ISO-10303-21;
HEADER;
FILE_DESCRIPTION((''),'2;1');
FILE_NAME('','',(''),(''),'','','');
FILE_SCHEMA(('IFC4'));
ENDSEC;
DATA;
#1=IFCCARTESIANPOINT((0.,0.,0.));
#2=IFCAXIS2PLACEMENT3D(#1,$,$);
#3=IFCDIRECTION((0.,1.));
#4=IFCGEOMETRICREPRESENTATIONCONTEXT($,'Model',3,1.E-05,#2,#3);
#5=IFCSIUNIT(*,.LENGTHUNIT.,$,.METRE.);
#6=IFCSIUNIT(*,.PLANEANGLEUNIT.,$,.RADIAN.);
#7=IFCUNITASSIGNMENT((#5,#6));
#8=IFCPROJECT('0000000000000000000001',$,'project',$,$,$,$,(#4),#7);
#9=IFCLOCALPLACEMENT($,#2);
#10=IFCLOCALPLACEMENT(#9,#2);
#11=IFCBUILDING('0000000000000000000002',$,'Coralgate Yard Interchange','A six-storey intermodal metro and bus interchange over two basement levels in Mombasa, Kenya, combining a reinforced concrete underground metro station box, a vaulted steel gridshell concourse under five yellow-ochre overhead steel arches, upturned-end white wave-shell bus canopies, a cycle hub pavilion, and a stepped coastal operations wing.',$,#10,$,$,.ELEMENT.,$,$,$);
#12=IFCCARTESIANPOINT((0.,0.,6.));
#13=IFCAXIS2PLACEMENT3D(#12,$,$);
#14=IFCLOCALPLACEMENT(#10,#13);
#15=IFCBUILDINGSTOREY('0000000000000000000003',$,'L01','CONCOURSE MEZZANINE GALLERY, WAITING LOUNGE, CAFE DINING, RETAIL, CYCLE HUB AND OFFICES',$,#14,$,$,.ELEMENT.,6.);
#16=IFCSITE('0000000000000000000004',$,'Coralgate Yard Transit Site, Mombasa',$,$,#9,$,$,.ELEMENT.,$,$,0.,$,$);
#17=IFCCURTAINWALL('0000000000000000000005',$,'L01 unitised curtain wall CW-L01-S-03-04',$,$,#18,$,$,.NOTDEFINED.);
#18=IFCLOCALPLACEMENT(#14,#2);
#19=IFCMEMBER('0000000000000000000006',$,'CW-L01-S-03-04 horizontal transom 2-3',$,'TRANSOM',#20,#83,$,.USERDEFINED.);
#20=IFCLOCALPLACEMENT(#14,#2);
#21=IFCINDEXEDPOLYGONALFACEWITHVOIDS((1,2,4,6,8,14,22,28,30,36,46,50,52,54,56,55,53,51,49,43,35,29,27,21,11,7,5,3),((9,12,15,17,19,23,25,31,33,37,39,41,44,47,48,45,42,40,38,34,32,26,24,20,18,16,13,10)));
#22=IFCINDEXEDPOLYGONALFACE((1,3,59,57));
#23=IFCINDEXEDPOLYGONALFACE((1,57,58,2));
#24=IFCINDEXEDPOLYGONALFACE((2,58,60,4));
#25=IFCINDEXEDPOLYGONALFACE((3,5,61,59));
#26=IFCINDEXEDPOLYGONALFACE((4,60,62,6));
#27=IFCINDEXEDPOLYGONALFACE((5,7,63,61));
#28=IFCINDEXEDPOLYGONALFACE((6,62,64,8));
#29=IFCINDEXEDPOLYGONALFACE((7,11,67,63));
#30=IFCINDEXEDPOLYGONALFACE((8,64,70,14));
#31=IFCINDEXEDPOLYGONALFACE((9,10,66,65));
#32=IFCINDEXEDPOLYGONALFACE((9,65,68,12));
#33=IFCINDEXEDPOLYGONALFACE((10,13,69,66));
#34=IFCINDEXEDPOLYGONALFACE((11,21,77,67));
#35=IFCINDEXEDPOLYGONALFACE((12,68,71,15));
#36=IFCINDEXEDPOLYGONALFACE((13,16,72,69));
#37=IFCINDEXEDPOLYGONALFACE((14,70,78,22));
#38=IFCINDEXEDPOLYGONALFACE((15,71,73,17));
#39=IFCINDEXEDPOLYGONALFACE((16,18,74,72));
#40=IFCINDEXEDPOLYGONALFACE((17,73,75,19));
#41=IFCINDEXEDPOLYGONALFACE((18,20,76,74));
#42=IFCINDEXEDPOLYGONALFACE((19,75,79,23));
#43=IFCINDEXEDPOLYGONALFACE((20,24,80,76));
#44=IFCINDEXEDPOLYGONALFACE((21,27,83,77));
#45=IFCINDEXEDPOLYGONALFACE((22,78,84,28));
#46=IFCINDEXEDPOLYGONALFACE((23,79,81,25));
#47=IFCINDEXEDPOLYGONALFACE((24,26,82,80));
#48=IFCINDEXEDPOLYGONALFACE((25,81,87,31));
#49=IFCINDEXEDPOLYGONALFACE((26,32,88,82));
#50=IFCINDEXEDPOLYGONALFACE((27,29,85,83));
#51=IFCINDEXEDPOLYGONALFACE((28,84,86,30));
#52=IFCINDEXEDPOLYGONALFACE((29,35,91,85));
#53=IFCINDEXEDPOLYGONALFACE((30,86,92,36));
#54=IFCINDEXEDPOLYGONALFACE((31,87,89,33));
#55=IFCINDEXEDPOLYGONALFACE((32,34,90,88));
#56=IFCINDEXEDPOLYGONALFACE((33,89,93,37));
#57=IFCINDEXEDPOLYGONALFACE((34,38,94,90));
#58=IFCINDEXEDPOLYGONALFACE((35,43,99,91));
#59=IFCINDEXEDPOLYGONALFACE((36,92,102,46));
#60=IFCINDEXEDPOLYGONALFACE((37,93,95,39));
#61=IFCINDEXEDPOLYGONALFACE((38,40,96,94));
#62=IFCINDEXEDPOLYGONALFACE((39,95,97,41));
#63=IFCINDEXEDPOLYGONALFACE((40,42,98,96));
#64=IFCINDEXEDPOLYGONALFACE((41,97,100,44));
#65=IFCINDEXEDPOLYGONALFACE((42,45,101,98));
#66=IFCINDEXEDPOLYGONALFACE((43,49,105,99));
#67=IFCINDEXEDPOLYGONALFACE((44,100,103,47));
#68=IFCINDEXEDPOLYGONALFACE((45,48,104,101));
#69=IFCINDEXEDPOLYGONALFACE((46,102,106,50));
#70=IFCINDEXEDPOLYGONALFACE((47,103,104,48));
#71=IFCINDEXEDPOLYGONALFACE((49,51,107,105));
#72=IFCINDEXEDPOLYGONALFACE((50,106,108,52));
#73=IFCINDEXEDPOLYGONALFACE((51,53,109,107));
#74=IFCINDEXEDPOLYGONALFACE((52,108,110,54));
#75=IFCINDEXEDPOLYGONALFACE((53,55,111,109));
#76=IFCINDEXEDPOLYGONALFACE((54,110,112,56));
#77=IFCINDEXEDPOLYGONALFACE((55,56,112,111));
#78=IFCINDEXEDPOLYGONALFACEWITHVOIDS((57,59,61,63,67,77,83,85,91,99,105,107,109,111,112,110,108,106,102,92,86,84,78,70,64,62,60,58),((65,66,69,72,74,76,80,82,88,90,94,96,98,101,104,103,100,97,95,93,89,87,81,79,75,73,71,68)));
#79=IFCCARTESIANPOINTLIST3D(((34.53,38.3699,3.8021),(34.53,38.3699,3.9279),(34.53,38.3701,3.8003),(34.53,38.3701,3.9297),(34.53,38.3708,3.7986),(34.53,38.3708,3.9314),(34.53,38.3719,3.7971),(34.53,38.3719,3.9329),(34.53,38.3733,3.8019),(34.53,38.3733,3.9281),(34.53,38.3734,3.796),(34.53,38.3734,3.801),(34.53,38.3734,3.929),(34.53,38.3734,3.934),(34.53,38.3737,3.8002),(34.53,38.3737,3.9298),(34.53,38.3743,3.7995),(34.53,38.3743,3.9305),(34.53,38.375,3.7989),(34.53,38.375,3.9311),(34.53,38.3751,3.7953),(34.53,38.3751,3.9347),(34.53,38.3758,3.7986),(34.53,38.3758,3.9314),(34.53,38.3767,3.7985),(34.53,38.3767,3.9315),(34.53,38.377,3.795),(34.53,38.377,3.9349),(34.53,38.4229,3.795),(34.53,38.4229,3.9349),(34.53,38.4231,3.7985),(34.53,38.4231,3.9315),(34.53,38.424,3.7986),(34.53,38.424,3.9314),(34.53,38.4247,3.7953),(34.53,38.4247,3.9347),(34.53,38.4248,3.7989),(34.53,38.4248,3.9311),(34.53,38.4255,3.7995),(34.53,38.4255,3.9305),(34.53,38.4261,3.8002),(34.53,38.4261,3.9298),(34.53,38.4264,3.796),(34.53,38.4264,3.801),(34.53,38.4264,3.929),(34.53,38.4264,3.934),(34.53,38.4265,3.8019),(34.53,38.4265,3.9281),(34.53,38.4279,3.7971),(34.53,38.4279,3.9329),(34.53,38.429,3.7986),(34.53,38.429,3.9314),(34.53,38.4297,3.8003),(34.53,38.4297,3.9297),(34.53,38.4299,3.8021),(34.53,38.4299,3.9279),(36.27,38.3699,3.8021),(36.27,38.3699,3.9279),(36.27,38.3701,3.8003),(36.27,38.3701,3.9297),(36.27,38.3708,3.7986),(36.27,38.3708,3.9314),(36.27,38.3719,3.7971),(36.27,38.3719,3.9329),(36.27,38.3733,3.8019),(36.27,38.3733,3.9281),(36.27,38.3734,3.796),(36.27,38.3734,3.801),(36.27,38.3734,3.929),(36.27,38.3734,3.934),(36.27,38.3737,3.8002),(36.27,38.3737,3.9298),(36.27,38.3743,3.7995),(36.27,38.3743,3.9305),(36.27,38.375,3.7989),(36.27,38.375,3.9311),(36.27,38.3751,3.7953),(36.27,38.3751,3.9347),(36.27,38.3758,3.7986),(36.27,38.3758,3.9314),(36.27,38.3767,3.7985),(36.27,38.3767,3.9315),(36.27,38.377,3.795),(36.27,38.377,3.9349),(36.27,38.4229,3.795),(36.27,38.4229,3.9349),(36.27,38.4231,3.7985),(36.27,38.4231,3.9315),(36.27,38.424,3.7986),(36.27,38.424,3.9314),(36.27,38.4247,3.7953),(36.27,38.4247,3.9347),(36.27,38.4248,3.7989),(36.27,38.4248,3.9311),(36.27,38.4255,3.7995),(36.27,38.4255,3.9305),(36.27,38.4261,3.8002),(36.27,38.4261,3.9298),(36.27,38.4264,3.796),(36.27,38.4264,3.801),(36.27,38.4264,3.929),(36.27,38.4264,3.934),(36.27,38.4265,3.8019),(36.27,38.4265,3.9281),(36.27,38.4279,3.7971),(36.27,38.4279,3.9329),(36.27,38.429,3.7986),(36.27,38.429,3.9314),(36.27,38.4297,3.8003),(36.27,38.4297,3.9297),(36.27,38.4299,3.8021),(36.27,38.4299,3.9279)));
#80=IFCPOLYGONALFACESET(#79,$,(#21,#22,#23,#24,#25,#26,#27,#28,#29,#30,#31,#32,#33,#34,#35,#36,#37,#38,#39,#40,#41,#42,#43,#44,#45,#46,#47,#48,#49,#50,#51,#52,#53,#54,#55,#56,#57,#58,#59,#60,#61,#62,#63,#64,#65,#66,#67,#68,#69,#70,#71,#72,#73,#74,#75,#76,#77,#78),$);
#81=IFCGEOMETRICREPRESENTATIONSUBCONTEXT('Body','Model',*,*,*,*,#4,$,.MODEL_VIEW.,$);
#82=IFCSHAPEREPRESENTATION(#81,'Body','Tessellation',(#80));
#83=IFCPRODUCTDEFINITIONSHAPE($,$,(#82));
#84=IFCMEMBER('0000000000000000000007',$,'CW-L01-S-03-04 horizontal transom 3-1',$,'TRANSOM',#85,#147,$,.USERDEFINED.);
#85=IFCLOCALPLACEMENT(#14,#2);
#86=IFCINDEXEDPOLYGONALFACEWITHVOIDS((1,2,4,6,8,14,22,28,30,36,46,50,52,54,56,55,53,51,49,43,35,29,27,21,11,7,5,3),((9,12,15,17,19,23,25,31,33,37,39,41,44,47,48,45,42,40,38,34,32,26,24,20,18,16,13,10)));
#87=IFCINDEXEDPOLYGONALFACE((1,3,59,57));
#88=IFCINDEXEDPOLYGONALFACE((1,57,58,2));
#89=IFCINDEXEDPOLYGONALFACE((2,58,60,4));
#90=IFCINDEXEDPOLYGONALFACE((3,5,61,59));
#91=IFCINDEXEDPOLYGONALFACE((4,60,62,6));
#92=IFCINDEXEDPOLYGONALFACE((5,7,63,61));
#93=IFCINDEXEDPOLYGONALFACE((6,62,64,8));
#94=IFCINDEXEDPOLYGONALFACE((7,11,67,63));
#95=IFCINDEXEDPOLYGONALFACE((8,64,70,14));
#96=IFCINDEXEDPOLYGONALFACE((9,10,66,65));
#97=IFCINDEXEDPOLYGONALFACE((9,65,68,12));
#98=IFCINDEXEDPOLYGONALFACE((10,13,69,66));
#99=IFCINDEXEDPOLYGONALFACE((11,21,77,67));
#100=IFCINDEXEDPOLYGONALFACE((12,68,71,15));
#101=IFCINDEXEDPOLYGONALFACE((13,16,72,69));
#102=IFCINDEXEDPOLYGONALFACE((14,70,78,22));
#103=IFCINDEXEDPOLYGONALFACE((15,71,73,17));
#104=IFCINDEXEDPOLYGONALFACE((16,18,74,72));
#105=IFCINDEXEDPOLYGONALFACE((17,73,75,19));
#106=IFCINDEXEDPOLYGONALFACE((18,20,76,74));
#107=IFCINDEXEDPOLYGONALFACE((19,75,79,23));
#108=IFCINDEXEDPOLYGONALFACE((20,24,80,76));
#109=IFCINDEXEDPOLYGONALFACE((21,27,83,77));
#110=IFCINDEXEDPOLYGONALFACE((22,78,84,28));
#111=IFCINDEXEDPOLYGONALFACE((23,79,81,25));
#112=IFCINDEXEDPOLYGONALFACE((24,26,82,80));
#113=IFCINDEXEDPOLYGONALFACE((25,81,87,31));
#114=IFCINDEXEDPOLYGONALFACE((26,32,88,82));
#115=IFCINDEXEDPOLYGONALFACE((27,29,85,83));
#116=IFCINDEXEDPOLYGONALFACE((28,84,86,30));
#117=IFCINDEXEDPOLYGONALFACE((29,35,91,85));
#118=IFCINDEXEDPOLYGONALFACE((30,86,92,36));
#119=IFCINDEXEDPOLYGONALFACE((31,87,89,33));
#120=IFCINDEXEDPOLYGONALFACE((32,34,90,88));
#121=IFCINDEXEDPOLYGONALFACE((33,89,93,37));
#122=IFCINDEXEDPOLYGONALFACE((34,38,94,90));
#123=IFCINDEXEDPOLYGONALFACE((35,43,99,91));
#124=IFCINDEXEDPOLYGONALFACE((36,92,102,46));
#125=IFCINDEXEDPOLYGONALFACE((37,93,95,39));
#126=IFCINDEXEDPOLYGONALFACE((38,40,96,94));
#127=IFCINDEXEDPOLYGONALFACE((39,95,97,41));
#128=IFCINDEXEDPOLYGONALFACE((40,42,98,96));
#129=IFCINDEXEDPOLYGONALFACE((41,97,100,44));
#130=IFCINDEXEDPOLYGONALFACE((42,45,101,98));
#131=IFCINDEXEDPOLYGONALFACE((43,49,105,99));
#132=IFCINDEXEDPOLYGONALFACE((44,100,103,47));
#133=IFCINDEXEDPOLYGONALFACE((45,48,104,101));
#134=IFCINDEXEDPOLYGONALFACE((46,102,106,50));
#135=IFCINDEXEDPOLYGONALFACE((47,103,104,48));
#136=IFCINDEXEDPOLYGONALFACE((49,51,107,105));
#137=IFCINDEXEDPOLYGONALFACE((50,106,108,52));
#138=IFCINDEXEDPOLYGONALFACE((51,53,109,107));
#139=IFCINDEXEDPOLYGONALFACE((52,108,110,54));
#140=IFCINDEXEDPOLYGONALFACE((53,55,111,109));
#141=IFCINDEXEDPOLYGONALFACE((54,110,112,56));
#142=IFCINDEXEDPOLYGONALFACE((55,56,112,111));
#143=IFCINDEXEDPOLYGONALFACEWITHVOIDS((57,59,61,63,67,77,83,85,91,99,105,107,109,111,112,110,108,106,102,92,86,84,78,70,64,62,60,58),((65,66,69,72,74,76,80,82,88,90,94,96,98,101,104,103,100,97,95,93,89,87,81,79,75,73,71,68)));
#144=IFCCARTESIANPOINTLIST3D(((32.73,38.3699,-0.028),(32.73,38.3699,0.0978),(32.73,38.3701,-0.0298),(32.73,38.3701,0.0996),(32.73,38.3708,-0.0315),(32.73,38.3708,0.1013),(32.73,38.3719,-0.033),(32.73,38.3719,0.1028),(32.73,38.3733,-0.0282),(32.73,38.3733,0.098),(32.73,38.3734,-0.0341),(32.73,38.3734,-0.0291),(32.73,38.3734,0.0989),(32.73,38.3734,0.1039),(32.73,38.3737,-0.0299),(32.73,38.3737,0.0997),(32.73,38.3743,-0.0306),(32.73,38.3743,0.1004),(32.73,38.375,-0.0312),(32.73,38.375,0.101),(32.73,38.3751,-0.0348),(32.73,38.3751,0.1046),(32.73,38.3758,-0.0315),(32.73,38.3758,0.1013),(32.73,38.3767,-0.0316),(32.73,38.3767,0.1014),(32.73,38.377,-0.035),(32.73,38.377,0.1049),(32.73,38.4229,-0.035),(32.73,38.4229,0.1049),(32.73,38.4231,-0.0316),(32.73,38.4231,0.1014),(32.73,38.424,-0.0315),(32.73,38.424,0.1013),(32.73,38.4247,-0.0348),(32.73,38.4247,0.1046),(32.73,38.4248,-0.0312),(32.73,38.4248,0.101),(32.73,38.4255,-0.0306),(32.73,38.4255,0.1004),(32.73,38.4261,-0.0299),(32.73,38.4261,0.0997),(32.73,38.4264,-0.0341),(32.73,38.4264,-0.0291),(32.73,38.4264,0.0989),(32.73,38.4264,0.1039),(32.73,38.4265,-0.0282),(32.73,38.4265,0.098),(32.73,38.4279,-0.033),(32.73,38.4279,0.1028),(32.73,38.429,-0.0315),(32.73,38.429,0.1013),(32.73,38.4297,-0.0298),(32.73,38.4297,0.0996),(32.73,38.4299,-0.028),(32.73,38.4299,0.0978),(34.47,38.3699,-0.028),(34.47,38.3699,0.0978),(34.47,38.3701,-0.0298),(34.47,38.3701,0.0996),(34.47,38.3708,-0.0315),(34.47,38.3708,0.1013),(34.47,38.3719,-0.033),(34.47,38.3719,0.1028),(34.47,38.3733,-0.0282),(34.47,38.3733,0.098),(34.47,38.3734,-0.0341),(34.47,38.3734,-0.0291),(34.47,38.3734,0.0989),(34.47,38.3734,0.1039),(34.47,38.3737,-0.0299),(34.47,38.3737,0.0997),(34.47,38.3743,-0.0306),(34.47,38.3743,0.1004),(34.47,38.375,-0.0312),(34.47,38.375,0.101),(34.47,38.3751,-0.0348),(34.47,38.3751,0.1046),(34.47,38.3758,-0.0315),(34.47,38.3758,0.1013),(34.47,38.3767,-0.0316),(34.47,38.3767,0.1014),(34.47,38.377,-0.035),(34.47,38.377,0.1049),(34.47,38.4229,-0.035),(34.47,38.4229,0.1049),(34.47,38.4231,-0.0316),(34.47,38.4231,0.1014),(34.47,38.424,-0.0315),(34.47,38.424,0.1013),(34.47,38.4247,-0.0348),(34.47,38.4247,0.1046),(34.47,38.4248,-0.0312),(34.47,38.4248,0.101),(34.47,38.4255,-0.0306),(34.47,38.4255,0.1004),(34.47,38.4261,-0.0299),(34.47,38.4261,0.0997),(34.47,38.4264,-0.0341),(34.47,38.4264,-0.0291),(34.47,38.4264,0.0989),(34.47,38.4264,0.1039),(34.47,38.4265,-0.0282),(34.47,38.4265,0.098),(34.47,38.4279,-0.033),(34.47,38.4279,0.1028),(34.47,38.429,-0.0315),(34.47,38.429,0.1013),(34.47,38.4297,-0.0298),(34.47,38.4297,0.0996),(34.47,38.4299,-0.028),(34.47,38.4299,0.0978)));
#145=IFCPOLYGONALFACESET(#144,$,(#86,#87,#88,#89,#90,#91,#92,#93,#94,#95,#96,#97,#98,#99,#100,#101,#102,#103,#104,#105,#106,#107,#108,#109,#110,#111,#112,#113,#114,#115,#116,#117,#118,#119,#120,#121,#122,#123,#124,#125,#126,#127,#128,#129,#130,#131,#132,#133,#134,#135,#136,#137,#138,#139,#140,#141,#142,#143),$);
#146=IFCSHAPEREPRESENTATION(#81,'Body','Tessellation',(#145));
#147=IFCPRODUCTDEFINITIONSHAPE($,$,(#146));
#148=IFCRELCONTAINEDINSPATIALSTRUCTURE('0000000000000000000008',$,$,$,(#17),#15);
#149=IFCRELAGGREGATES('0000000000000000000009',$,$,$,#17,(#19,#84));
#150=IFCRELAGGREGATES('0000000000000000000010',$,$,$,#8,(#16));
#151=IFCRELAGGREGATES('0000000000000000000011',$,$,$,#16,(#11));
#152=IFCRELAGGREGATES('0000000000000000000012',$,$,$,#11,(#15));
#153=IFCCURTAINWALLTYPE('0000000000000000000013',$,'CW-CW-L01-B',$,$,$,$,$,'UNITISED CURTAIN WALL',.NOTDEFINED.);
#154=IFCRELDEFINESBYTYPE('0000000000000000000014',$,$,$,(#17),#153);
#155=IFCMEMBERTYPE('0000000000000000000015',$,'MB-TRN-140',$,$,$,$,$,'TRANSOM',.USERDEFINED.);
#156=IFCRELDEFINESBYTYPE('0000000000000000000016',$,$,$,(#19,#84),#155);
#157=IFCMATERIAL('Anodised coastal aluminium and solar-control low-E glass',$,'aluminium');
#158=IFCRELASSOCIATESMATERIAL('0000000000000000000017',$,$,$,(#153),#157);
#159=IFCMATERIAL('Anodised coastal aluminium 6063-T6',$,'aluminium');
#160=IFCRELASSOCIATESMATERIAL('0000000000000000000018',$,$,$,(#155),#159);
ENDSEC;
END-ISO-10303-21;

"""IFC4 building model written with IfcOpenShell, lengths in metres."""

from ifc_helpers import new_model, si_unit, direction, frame, origin, origin_2d, place, context, subcontext, project, spatial, hollow_rectangle, extrude, material, material_profile, profile_set, type_object, element, aggregate, save


model = new_model("IFC4")

# Units and contexts
model_context = context("Model", 3, precision=1e-05, world=origin(), true_north=direction((0.0, 1.0)))
body_context = subcontext(model_context, "Body", "Model", "MODEL_VIEW")
ifc_project = project(units=[si_unit("LENGTHUNIT", "METRE"), si_unit("PLANEANGLEUNIT", "RADIAN")], contexts=[model_context])

# Site, building, storey
site_placement = place(None, origin())
site = spatial("IfcSite", under=ifc_project, at=site_placement, Name="Coralgate Yard Transit Site, Mombasa", CompositionType="ELEMENT", RefElevation=0.0)
building_placement = place(site_placement, origin())
building = spatial("IfcBuilding", under=site, at=building_placement, Name="Coralgate Yard Interchange", Description="A six-storey intermodal metro and bus interchange over two basement levels in Mombasa, Kenya, combining a reinforced concrete underground metro station box, a vaulted steel gridshell concourse under five yellow-ochre overhead steel arches, upturned-end white wave-shell bus canopies, a cycle hub pavilion, and a stepped coastal operations wing.", CompositionType="ELEMENT")
storey_placement = place(building_placement, frame((0.0, 0.0, 6.0)))
storey = spatial("IfcBuildingStorey", under=building, at=storey_placement, Name="L01", Description="CONCOURSE MEZZANINE GALLERY, WAITING LOUNGE, CAFE DINING, RETAIL, CYCLE HUB AND OFFICES", CompositionType="ELEMENT", Elevation=6.0)

# Curtain wall, members
ifc_material_1 = material(Name="Anodised coastal aluminium and solar-control low-E glass", Category="aluminium")
curtain_wall_type = type_object("IfcCurtainWallType", Name="CW-CW-L01-B", ElementType="UNITISED CURTAIN WALL", PredefinedType="NOTDEFINED", material=ifc_material_1)
curtain_wall_placement = place(storey_placement, origin())
curtain_wall = element("IfcCurtainWall", 1, at=curtain_wall_placement, inside=storey, type_object=curtain_wall_type, Name="L01 unitised curtain wall CW-L01-S-03-04", PredefinedType="NOTDEFINED")
ifc_material_2 = material(Name="Anodised coastal aluminium 6063-T6", Category="aluminium")
ifc_material_profile_1 = material_profile(ifc_material_2, hollow_rectangle(XDim=0.0601, YDim=0.1399, WallThickness=0.0034, InnerFilletRadius=0.0034, OuterFilletRadius=0.0071, at=origin_2d()), Name="ALU 60x140x3.5")
ifc_profile_set_1 = profile_set([ifc_material_profile_1], Name="Anodised coastal aluminium 6063-T6")
member_type_1 = type_object("IfcMemberType", Name="MB-TRN-140", ElementType="TRANSOM", PredefinedType="USERDEFINED", material=ifc_profile_set_1)
member_1_placement = place(storey_placement, frame((36.27, 38.3999, 3.865), z_axis=(-1.0, 0.0, 0.0), x_axis=(0.0, -1.0, 0.0)))
member_1 = element("IfcMember", 2, at=member_1_placement, type_object=member_type_1, Name="CW-L01-S-03-04 horizontal transom 2-3", ObjectType="TRANSOM", PredefinedType="USERDEFINED", context=body_context, shape_type="SweptSolid", body=[
    extrude(hollow_rectangle(XDim=0.0601, YDim=0.1399, WallThickness=0.0034, InnerFilletRadius=0.0034, OuterFilletRadius=0.0071, at=origin_2d()), origin(), (0.0, 0.0, 1.0), 1.74),
])
member_2_placement = place(storey_placement, frame((34.47, 38.3999, 0.0349), z_axis=(-1.0, 0.0, 0.0), x_axis=(0.0, -1.0, 0.0)))
member_2 = element("IfcMember", 3, at=member_2_placement, type_object=member_type_1, Name="CW-L01-S-03-04 horizontal transom 3-1", ObjectType="TRANSOM", PredefinedType="USERDEFINED", context=body_context, shape_type="SweptSolid", body=[
    extrude(hollow_rectangle(XDim=0.0601, YDim=0.1399, WallThickness=0.0034, InnerFilletRadius=0.0034, OuterFilletRadius=0.0071, at=origin_2d()), origin(), (0.0, 0.0, 1.0), 1.74),
])
aggregate(curtain_wall, [member_1, member_2])

save(model, "model.ifc")
